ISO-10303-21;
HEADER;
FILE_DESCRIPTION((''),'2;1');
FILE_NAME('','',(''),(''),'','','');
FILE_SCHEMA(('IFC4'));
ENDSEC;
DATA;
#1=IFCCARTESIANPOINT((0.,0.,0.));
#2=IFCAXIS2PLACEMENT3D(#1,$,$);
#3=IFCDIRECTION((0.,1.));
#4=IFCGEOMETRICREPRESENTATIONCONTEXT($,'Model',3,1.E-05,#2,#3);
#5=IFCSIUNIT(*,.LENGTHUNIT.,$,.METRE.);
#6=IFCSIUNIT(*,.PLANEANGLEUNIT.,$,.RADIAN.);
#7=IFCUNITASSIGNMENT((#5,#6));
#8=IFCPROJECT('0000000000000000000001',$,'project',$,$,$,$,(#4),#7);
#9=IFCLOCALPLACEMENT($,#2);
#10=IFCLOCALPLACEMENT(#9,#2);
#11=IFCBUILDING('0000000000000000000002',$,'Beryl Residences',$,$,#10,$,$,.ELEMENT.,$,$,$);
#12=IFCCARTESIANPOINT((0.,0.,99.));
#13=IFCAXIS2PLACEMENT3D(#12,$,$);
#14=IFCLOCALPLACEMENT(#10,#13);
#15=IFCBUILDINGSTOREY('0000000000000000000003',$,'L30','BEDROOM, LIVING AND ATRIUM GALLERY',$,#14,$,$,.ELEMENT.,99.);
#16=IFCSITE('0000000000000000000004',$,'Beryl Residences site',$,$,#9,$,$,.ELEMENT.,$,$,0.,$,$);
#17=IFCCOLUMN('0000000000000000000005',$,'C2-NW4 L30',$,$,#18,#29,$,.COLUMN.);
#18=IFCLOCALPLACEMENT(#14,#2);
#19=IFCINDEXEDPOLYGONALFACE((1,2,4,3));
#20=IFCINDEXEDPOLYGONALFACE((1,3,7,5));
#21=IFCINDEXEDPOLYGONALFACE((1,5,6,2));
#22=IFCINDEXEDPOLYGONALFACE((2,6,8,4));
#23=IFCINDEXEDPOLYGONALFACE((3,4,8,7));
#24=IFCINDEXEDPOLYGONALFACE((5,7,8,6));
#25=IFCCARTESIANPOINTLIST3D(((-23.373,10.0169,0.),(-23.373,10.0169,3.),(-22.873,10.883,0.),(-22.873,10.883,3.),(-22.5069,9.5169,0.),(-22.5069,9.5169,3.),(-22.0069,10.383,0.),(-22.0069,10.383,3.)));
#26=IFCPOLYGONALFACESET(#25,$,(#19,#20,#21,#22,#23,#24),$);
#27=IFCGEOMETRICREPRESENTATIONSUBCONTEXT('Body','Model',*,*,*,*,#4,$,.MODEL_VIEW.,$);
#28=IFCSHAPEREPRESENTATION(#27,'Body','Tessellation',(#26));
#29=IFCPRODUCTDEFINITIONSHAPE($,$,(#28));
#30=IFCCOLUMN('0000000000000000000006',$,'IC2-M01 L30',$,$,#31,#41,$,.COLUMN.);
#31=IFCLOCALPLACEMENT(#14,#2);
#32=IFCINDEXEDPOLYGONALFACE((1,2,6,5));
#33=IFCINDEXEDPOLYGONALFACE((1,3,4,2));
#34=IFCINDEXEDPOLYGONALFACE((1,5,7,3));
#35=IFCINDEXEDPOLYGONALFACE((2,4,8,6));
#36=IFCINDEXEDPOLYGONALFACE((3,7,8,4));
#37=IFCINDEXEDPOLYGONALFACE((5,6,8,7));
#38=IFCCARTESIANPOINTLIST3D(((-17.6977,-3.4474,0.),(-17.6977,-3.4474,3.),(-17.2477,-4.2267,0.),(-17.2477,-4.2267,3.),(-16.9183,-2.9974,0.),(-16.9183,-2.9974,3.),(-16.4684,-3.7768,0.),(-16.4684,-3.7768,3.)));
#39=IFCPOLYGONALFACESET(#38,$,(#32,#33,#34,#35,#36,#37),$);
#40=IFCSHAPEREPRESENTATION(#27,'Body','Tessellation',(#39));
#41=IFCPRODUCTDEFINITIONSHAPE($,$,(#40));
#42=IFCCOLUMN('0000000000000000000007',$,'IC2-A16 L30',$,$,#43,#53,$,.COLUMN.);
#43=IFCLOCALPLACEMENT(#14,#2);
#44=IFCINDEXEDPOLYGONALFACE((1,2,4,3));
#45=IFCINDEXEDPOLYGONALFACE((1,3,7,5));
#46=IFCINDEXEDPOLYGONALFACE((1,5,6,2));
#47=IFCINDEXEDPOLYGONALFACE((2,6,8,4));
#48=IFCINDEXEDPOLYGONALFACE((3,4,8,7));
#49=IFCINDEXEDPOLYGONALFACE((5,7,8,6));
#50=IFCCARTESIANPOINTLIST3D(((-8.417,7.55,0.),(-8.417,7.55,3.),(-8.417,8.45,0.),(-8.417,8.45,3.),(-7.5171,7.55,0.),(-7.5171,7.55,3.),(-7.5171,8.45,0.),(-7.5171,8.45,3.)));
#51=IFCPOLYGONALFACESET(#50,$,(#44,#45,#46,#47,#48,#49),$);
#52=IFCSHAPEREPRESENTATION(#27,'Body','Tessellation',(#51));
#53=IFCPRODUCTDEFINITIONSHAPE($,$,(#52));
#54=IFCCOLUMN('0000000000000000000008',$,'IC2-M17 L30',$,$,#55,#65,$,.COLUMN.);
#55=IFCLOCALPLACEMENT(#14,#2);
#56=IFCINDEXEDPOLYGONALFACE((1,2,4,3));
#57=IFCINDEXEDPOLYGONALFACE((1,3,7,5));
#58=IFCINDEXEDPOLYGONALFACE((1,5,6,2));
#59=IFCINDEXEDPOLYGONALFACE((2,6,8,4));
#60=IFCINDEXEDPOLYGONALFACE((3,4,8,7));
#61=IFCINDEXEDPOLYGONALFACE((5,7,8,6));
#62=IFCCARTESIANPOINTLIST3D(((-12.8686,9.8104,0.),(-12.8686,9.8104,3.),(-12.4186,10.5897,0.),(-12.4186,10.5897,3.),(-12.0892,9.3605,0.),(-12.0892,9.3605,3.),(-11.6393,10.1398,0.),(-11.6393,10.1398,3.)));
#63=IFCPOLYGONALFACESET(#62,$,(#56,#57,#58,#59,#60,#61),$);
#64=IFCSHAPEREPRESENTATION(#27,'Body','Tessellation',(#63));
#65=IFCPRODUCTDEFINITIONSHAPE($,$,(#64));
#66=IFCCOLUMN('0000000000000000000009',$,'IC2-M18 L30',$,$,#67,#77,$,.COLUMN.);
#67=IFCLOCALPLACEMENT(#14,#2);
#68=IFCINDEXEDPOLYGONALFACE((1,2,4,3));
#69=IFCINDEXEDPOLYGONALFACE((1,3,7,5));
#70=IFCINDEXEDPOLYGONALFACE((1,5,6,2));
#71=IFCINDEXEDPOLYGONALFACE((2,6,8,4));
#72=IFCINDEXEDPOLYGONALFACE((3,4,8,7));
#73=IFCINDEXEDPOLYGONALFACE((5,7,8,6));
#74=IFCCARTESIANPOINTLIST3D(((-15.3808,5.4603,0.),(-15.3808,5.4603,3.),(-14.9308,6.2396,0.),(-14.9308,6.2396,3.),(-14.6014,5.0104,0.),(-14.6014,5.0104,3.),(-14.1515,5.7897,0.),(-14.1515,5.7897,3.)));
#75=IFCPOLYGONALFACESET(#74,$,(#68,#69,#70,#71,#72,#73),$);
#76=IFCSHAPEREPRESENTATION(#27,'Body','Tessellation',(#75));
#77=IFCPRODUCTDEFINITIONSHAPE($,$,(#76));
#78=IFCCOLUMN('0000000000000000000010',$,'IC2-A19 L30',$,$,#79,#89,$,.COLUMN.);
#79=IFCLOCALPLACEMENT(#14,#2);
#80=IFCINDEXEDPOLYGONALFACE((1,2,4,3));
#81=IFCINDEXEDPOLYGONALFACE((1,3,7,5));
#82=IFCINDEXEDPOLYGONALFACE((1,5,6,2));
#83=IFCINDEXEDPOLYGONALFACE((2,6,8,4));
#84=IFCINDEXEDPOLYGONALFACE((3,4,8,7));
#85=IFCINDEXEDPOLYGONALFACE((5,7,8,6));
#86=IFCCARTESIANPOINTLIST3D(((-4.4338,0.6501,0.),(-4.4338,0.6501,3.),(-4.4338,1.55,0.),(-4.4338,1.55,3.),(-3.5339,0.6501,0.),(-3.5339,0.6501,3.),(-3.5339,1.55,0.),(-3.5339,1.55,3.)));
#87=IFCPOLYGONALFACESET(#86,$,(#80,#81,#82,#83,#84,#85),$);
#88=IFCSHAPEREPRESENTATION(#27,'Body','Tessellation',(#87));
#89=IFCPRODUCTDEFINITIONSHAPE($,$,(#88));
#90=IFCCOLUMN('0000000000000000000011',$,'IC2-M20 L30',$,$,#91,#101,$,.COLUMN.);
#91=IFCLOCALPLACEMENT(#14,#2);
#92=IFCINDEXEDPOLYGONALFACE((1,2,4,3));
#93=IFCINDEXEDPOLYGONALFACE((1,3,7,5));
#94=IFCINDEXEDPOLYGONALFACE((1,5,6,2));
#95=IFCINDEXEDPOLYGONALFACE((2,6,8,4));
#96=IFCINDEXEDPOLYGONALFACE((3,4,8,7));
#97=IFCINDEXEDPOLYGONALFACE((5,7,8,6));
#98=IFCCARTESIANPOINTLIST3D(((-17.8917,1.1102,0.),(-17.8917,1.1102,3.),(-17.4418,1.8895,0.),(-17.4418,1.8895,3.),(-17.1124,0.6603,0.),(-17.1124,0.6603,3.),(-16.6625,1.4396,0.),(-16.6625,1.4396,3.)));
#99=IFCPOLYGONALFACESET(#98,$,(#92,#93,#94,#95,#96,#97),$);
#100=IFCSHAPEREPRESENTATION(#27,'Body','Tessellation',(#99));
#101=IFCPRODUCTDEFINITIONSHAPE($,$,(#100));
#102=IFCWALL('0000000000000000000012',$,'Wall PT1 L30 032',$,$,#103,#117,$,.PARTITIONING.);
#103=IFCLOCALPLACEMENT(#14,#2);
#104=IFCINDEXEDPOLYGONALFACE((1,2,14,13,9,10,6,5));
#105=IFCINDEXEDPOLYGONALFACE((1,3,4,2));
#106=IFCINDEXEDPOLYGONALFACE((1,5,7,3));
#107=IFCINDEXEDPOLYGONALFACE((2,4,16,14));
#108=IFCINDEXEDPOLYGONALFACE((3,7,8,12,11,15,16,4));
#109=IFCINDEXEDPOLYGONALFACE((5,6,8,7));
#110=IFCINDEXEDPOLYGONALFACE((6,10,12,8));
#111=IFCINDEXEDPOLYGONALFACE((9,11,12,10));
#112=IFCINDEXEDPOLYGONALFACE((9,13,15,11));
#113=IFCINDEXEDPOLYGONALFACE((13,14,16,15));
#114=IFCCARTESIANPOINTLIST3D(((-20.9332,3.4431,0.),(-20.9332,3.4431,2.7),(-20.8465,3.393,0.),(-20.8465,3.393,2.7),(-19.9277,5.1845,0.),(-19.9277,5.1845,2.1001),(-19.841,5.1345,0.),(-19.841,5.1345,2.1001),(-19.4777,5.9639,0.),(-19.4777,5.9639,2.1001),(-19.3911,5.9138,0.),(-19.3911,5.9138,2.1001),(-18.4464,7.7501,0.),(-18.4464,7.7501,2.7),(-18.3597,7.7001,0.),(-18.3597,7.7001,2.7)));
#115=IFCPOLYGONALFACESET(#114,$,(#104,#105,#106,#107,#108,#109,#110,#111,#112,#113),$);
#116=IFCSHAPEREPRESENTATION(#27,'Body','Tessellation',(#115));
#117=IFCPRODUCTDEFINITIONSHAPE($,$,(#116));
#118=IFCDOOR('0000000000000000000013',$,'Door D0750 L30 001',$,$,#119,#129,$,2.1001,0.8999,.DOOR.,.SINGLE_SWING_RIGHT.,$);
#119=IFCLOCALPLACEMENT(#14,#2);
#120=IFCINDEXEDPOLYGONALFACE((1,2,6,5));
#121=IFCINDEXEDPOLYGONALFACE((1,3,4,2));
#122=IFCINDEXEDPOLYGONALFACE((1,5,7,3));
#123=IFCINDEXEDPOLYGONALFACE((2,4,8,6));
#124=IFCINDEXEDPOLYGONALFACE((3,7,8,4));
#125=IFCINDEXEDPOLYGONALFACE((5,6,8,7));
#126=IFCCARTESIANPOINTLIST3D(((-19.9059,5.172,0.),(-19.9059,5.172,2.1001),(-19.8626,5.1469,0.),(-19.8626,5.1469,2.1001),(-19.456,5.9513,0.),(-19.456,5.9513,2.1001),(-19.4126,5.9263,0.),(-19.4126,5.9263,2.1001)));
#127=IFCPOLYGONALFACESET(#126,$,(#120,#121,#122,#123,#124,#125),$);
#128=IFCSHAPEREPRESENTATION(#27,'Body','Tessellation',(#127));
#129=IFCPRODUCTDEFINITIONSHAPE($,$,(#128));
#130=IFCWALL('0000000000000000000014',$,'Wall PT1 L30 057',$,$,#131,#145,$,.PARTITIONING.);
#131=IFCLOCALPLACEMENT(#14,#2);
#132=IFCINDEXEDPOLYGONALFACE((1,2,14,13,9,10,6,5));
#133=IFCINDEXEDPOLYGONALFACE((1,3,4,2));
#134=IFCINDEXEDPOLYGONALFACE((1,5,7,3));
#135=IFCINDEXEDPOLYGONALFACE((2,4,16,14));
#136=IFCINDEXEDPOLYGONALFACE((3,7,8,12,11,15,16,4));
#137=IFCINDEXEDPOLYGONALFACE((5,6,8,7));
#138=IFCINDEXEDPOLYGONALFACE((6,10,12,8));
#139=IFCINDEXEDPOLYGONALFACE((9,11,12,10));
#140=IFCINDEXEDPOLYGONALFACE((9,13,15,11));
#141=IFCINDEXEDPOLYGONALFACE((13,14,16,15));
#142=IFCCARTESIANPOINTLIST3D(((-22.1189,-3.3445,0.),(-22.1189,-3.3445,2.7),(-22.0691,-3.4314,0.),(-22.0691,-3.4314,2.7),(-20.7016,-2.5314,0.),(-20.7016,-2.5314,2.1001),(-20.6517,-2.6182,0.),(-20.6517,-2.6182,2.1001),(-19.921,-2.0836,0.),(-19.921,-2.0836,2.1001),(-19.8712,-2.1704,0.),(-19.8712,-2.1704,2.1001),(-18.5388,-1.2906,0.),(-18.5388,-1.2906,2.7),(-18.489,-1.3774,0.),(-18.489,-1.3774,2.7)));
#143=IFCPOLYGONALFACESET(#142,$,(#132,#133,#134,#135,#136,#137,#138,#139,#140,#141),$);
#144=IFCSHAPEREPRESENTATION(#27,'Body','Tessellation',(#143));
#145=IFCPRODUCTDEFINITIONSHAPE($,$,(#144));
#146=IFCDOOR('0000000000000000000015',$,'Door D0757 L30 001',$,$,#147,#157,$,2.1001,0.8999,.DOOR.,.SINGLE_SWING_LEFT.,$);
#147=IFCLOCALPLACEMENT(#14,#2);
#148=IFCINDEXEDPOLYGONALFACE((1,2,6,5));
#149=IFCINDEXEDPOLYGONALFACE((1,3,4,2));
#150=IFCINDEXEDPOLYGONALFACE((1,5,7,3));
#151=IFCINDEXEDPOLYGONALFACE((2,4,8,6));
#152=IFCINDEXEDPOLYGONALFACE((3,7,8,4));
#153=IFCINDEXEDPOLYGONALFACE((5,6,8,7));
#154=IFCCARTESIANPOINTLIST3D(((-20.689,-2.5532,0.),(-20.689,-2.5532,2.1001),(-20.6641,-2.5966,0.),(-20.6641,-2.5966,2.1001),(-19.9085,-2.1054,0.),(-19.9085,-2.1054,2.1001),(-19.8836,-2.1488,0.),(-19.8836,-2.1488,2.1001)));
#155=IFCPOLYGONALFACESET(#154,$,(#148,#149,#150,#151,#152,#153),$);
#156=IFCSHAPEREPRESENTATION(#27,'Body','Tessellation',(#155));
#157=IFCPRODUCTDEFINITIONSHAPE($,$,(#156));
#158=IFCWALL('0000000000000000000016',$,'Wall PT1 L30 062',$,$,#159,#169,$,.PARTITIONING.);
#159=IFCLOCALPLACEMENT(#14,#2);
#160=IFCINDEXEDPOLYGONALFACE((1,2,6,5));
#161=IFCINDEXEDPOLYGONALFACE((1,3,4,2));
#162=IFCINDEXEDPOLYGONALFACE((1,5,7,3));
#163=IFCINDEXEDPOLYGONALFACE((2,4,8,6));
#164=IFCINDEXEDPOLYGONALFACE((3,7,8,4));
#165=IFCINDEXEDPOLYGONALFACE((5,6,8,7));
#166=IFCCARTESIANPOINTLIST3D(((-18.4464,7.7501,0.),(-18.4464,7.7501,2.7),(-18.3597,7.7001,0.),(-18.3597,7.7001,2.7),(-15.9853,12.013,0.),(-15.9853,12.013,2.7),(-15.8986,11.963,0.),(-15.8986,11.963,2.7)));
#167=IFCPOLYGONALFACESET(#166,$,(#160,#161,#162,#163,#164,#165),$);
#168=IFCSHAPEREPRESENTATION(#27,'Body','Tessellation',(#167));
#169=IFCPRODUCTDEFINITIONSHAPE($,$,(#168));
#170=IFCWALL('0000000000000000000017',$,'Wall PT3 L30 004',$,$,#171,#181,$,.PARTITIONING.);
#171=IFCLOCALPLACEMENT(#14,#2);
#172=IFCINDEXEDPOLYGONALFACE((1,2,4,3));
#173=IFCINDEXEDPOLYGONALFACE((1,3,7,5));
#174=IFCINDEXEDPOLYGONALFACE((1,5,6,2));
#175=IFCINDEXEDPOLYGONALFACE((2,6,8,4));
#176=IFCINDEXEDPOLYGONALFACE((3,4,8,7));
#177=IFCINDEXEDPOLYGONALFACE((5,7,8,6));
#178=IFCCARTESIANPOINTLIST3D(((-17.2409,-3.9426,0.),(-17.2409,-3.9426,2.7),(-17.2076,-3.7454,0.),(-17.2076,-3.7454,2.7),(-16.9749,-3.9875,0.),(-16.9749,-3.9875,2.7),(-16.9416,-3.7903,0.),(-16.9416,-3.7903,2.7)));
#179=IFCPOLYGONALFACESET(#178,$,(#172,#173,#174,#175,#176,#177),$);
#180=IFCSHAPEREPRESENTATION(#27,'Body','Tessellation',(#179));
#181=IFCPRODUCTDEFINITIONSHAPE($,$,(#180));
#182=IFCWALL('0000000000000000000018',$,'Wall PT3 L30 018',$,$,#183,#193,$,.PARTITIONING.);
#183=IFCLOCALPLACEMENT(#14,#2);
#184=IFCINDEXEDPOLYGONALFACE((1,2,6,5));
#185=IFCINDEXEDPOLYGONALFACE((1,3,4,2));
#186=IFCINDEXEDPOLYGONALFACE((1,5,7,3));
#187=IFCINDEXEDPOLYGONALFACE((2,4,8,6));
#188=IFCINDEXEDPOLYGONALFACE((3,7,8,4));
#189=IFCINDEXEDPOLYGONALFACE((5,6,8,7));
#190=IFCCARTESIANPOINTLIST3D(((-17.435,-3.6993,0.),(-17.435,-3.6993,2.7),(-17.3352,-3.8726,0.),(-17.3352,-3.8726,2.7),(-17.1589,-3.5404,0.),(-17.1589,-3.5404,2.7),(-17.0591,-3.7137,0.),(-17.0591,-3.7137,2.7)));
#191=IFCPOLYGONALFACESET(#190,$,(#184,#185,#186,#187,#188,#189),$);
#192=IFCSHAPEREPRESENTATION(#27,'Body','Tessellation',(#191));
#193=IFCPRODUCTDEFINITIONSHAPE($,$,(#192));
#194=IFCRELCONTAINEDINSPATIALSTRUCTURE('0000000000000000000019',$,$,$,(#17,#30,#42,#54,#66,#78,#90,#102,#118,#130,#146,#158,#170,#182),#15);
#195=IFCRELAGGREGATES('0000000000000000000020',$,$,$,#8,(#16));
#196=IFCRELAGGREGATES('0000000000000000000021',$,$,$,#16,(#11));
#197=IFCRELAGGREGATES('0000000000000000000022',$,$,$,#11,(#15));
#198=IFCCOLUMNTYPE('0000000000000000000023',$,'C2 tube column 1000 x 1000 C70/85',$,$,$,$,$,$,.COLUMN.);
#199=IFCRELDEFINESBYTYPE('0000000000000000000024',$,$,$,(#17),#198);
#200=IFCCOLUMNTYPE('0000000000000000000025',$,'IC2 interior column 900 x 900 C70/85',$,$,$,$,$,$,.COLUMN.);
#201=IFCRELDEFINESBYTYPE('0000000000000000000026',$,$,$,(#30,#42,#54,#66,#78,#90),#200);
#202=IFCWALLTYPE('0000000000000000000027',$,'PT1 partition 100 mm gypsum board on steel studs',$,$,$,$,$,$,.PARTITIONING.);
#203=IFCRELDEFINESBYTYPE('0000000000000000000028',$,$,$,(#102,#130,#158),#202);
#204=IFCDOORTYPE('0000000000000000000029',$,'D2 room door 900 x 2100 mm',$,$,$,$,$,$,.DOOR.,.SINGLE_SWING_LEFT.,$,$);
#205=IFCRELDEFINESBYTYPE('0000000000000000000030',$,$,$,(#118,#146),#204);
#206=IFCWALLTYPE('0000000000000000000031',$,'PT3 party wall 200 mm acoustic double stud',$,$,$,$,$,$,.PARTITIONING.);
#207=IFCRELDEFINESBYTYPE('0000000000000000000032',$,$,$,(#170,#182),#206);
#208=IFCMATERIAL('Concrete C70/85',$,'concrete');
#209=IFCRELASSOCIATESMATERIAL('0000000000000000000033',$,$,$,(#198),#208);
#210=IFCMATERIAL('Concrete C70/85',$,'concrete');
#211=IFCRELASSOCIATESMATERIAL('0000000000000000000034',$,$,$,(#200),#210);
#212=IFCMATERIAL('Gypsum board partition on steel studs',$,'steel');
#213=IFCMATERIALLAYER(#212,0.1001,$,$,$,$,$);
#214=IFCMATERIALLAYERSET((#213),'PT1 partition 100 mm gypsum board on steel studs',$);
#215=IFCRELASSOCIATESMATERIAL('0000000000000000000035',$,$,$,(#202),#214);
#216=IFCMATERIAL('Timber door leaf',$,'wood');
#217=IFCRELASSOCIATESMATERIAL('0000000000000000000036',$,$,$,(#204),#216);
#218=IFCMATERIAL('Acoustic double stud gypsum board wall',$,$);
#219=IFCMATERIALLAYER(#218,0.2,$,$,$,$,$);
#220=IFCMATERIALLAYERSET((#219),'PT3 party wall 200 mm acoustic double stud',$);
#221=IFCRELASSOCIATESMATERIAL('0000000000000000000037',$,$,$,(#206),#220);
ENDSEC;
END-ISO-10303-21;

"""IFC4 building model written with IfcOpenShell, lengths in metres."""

from ifc_helpers import new_model, si_unit, direction, frame, frame_2d, origin, origin_2d, place, context, subcontext, project, spatial, rectangle, extrude, material, layer, layer_set, material_profile, profile_set, type_object, element, fill, save


model = new_model("IFC4")

# Units and contexts
model_context = context("Model", 3, precision=1e-05, world=origin(), true_north=direction((0.0, 1.0)))
body_context = subcontext(model_context, "Body", "Model", "MODEL_VIEW")
ifc_project = project(units=[si_unit("LENGTHUNIT", "METRE"), si_unit("PLANEANGLEUNIT", "RADIAN")], contexts=[model_context])

# Site, building, storey
site_placement = place(None, origin())
site = spatial("IfcSite", under=ifc_project, at=site_placement, Name="Beryl Residences site", CompositionType="ELEMENT", RefElevation=0.0)
building_placement = place(site_placement, origin())
building = spatial("IfcBuilding", under=site, at=building_placement, Name="Beryl Residences", CompositionType="ELEMENT")
storey_placement = place(building_placement, frame((0.0, 0.0, 99.0)))
storey = spatial("IfcBuildingStorey", under=building, at=storey_placement, Name="L30", Description="BEDROOM, LIVING AND ATRIUM GALLERY", CompositionType="ELEMENT", Elevation=99.0)

# Columns
ifc_material_1 = material(Name="Concrete C70/85", Category="concrete")
ifc_material_profile_1 = material_profile(ifc_material_1, rectangle(XDim=1.0, YDim=1.0, at=origin_2d()))
ifc_profile_set_1 = profile_set([ifc_material_profile_1], Name="Concrete C70/85")
column_type_1 = type_object("IfcColumnType", Name="C2 tube column 1000 x 1000 C70/85", PredefinedType="COLUMN", material=ifc_profile_set_1)
column_placement = place(storey_placement, frame((-22.6899, 10.2, 0.0), z_axis=(0.0, 0.0, 1.0), x_axis=(-0.5, -0.866025, 0.0)))
element("IfcColumn", 1, at=column_placement, inside=storey, type_object=column_type_1, Name="C2-NW4 L30", PredefinedType="COLUMN", context=body_context, shape_type="SweptSolid", body=[
    extrude(rectangle(XDim=1.0, YDim=1.0, at=origin_2d()), origin(), (0.0, 0.0, 1.0), 3.0),
])
ifc_material_2 = material(Name="Concrete C70/85", Category="concrete")
ifc_material_profile_2 = material_profile(ifc_material_2, rectangle(XDim=0.8999, YDim=0.8999, at=origin_2d()))
ifc_profile_set_2 = profile_set([ifc_material_profile_2], Name="Concrete C70/85")
column_type_2 = type_object("IfcColumnType", Name="IC2 interior column 900 x 900 C70/85", PredefinedType="COLUMN", material=ifc_profile_set_2)
for number, where, z_axis, x_axis, name in (
    (2, (-17.083, -3.6121, 0.0), (0.0, 0.0, 1.0), (0.5, -0.866025, 0.0), "IC2-M01 L30"),
    (3, (-7.967, 8.0, 0.0), (0.0, 0.0, 1.0), (1.0, 0.0, 0.0), "IC2-A16 L30"),
    (4, (-12.2539, 9.9751, 0.0), (0.0, 0.0, 1.0), (-0.5, -0.866025, 0.0), "IC2-M17 L30"),
    (5, (-14.7661, 5.625, 0.0), (0.0, 0.0, 1.0), (-0.5, -0.866025, 0.0), "IC2-M18 L30"),
    (6, (-3.9839, 1.1001, 0.0), (0.0, 0.0, 1.0), (1.0, 0.0, 0.0), "IC2-A19 L30"),
    (7, (-17.2771, 1.2749, 0.0), (0.0, 0.0, 1.0), (-0.5, -0.866025, 0.0), "IC2-M20 L30"),
):
    element("IfcColumn", number, at=place(storey_placement, frame(where, z_axis=z_axis, x_axis=x_axis)), inside=storey, type_object=column_type_2, Name=name, PredefinedType="COLUMN", context=body_context, shape_type="SweptSolid", body=[
        extrude(rectangle(XDim=0.8999, YDim=0.8999, at=origin_2d()), origin(), (0.0, 0.0, 1.0), 3.0),
    ])

# Walls, openings, doors
ifc_material_3 = material(Name="Gypsum board partition on steel studs", Category="steel")
ifc_layer_1 = layer(ifc_material_3, 0.1001)
ifc_layer_set_1 = layer_set([ifc_layer_1], Name="PT1 partition 100 mm gypsum board on steel studs")
wall_type_1 = type_object("IfcWallType", Name="PT1 partition 100 mm gypsum board on steel studs", PredefinedType="PARTITIONING", material=ifc_layer_set_1)
wall_1_placement = place(storey_placement, frame((-20.8899, 3.418, 0.0), z_axis=(0.0, 0.0, 1.0), x_axis=(0.500014, 0.866017, 0.0)))
wall_1 = element("IfcWall", 8, at=wall_1_placement, inside=storey, type_object=wall_type_1, Name="Wall PT1 L30 032", PredefinedType="PARTITIONING", context=body_context, shape_type="SweptSolid", body=[
    extrude(rectangle(XDim=4.9734, YDim=0.1001, at=frame_2d((2.4868, 0.0))), origin(), (0.0, 0.0, 1.0), 2.7),
])
opening_1_placement = place(wall_1_placement, frame((2.011, 0.0, 0.0)))
opening_1 = element("IfcOpeningElement", 9, at=opening_1_placement, cuts=wall_1, PredefinedType="OPENING", context=body_context, shape_type="SweptSolid", body=[
    extrude(rectangle(XDim=0.8999, YDim=2.1001, at=frame_2d((0.45, 1.05))), frame((0.0, 0.0601, 0.0), z_axis=(0.0, -1.0, 0.0), x_axis=(1.0, 0.0, 0.0)), (0.0, 0.0, 1.0), 0.1201),
])
ifc_material_4 = material(Name="Timber door leaf", Category="wood")
door_type_1 = type_object("IfcDoorType", Name="D2 room door 900 x 2100 mm", OperationType="SINGLE_SWING_LEFT", PredefinedType="DOOR", material=ifc_material_4)
door_1_placement = place(opening_1_placement, origin())
door_1 = element("IfcDoor", 10, at=door_1_placement, inside=storey, type_object=door_type_1, Name="Door D0750 L30 001", OperationType="SINGLE_SWING_RIGHT", OverallHeight=2.1001, OverallWidth=0.8999, PredefinedType="DOOR", context=body_context, shape_type="SweptSolid", body=[
    extrude(rectangle(XDim=0.8999, YDim=2.1001, at=frame_2d((0.45, 1.05))), frame((0.0, 0.0249, 0.0), z_axis=(0.0, -1.0, 0.0), x_axis=(1.0, 0.0, 0.0)), (0.0, 0.0, 1.0), 0.05),
])
fill(opening_1, door_1)
wall_2_placement = place(storey_placement, frame((-22.094, -3.3879, 0.0), z_axis=(0.0, 0.0, 1.0), x_axis=(0.867386, 0.497635, 0.0)))
wall_2 = element("IfcWall", 11, at=wall_2_placement, inside=storey, type_object=wall_type_1, Name="Wall PT1 L30 057", PredefinedType="PARTITIONING", context=body_context, shape_type="SweptSolid", body=[
    extrude(rectangle(XDim=4.1274, YDim=0.1001, at=frame_2d((2.0637, 0.0))), origin(), (0.0, 0.0, 1.0), 2.7),
])
opening_2_placement = place(wall_2_placement, frame((1.634, 0.0, 0.0)))
opening_2 = element("IfcOpeningElement", 12, at=opening_2_placement, cuts=wall_2, PredefinedType="OPENING", context=body_context, shape_type="SweptSolid", body=[
    extrude(rectangle(XDim=0.8999, YDim=2.1001, at=frame_2d((0.45, 1.05))), frame((0.0, 0.0601, 0.0), z_axis=(0.0, -1.0, 0.0), x_axis=(1.0, 0.0, 0.0)), (0.0, 0.0, 1.0), 0.1201),
])
door_2_placement = place(opening_2_placement, origin())
door_2 = element("IfcDoor", 13, at=door_2_placement, inside=storey, type_object=door_type_1, Name="Door D0757 L30 001", OperationType="SINGLE_SWING_LEFT", OverallHeight=2.1001, OverallWidth=0.8999, PredefinedType="DOOR", context=body_context, shape_type="SweptSolid", body=[
    extrude(rectangle(XDim=0.8999, YDim=2.1001, at=frame_2d((0.45, 1.05))), frame((0.0, 0.0249, 0.0), z_axis=(0.0, -1.0, 0.0), x_axis=(1.0, 0.0, 0.0)), (0.0, 0.0, 1.0), 0.05),
])
fill(opening_2, door_2)

# Walls
wall_3_placement = place(storey_placement, frame((-18.4031, 7.7251, 0.0), z_axis=(0.0, 0.0, 1.0), x_axis=(0.499996, 0.866028, 0.0)))
element("IfcWall", 14, at=wall_3_placement, inside=storey, type_object=wall_type_1, Name="Wall PT1 L30 062", PredefinedType="PARTITIONING", context=body_context, shape_type="SweptSolid", body=[
    extrude(rectangle(XDim=4.9224, YDim=0.1001, at=frame_2d((2.4612, 0.0))), origin(), (0.0, 0.0, 1.0), 2.7),
])
ifc_material_5 = material(Name="Acoustic double stud gypsum board wall")
ifc_layer_2 = layer(ifc_material_5, 0.2)
ifc_layer_set_2 = layer_set([ifc_layer_2], Name="PT3 party wall 200 mm acoustic double stud")
wall_type_2 = type_object("IfcWallType", Name="PT3 party wall 200 mm acoustic double stud", PredefinedType="PARTITIONING", material=ifc_layer_set_2)
wall_4_placement = place(storey_placement, frame((-17.2241, -3.844, 0.0), z_axis=(0.0, 0.0, 1.0), x_axis=(0.986049, -0.166452, 0.0)))
element("IfcWall", 15, at=wall_4_placement, inside=storey, type_object=wall_type_2, Name="Wall PT3 L30 004", PredefinedType="PARTITIONING", context=body_context, shape_type="SweptSolid", body=[
    extrude(rectangle(XDim=0.2698, YDim=0.2, at=frame_2d((0.1348, 0.0))), origin(), (0.0, 0.0, 1.0), 2.7),
])
wall_5_placement = place(storey_placement, frame((-17.385, -3.7859, 0.0), z_axis=(0.0, 0.0, 1.0), x_axis=(0.866683, 0.49886, 0.0)))
element("IfcWall", 16, at=wall_5_placement, inside=storey, type_object=wall_type_2, Name="Wall PT3 L30 018", PredefinedType="PARTITIONING", context=body_context, shape_type="SweptSolid", body=[
    extrude(rectangle(XDim=0.3186, YDim=0.2, at=frame_2d((0.1592, 0.0))), origin(), (0.0, 0.0, 1.0), 2.7),
])

save(model, "model.ifc")
